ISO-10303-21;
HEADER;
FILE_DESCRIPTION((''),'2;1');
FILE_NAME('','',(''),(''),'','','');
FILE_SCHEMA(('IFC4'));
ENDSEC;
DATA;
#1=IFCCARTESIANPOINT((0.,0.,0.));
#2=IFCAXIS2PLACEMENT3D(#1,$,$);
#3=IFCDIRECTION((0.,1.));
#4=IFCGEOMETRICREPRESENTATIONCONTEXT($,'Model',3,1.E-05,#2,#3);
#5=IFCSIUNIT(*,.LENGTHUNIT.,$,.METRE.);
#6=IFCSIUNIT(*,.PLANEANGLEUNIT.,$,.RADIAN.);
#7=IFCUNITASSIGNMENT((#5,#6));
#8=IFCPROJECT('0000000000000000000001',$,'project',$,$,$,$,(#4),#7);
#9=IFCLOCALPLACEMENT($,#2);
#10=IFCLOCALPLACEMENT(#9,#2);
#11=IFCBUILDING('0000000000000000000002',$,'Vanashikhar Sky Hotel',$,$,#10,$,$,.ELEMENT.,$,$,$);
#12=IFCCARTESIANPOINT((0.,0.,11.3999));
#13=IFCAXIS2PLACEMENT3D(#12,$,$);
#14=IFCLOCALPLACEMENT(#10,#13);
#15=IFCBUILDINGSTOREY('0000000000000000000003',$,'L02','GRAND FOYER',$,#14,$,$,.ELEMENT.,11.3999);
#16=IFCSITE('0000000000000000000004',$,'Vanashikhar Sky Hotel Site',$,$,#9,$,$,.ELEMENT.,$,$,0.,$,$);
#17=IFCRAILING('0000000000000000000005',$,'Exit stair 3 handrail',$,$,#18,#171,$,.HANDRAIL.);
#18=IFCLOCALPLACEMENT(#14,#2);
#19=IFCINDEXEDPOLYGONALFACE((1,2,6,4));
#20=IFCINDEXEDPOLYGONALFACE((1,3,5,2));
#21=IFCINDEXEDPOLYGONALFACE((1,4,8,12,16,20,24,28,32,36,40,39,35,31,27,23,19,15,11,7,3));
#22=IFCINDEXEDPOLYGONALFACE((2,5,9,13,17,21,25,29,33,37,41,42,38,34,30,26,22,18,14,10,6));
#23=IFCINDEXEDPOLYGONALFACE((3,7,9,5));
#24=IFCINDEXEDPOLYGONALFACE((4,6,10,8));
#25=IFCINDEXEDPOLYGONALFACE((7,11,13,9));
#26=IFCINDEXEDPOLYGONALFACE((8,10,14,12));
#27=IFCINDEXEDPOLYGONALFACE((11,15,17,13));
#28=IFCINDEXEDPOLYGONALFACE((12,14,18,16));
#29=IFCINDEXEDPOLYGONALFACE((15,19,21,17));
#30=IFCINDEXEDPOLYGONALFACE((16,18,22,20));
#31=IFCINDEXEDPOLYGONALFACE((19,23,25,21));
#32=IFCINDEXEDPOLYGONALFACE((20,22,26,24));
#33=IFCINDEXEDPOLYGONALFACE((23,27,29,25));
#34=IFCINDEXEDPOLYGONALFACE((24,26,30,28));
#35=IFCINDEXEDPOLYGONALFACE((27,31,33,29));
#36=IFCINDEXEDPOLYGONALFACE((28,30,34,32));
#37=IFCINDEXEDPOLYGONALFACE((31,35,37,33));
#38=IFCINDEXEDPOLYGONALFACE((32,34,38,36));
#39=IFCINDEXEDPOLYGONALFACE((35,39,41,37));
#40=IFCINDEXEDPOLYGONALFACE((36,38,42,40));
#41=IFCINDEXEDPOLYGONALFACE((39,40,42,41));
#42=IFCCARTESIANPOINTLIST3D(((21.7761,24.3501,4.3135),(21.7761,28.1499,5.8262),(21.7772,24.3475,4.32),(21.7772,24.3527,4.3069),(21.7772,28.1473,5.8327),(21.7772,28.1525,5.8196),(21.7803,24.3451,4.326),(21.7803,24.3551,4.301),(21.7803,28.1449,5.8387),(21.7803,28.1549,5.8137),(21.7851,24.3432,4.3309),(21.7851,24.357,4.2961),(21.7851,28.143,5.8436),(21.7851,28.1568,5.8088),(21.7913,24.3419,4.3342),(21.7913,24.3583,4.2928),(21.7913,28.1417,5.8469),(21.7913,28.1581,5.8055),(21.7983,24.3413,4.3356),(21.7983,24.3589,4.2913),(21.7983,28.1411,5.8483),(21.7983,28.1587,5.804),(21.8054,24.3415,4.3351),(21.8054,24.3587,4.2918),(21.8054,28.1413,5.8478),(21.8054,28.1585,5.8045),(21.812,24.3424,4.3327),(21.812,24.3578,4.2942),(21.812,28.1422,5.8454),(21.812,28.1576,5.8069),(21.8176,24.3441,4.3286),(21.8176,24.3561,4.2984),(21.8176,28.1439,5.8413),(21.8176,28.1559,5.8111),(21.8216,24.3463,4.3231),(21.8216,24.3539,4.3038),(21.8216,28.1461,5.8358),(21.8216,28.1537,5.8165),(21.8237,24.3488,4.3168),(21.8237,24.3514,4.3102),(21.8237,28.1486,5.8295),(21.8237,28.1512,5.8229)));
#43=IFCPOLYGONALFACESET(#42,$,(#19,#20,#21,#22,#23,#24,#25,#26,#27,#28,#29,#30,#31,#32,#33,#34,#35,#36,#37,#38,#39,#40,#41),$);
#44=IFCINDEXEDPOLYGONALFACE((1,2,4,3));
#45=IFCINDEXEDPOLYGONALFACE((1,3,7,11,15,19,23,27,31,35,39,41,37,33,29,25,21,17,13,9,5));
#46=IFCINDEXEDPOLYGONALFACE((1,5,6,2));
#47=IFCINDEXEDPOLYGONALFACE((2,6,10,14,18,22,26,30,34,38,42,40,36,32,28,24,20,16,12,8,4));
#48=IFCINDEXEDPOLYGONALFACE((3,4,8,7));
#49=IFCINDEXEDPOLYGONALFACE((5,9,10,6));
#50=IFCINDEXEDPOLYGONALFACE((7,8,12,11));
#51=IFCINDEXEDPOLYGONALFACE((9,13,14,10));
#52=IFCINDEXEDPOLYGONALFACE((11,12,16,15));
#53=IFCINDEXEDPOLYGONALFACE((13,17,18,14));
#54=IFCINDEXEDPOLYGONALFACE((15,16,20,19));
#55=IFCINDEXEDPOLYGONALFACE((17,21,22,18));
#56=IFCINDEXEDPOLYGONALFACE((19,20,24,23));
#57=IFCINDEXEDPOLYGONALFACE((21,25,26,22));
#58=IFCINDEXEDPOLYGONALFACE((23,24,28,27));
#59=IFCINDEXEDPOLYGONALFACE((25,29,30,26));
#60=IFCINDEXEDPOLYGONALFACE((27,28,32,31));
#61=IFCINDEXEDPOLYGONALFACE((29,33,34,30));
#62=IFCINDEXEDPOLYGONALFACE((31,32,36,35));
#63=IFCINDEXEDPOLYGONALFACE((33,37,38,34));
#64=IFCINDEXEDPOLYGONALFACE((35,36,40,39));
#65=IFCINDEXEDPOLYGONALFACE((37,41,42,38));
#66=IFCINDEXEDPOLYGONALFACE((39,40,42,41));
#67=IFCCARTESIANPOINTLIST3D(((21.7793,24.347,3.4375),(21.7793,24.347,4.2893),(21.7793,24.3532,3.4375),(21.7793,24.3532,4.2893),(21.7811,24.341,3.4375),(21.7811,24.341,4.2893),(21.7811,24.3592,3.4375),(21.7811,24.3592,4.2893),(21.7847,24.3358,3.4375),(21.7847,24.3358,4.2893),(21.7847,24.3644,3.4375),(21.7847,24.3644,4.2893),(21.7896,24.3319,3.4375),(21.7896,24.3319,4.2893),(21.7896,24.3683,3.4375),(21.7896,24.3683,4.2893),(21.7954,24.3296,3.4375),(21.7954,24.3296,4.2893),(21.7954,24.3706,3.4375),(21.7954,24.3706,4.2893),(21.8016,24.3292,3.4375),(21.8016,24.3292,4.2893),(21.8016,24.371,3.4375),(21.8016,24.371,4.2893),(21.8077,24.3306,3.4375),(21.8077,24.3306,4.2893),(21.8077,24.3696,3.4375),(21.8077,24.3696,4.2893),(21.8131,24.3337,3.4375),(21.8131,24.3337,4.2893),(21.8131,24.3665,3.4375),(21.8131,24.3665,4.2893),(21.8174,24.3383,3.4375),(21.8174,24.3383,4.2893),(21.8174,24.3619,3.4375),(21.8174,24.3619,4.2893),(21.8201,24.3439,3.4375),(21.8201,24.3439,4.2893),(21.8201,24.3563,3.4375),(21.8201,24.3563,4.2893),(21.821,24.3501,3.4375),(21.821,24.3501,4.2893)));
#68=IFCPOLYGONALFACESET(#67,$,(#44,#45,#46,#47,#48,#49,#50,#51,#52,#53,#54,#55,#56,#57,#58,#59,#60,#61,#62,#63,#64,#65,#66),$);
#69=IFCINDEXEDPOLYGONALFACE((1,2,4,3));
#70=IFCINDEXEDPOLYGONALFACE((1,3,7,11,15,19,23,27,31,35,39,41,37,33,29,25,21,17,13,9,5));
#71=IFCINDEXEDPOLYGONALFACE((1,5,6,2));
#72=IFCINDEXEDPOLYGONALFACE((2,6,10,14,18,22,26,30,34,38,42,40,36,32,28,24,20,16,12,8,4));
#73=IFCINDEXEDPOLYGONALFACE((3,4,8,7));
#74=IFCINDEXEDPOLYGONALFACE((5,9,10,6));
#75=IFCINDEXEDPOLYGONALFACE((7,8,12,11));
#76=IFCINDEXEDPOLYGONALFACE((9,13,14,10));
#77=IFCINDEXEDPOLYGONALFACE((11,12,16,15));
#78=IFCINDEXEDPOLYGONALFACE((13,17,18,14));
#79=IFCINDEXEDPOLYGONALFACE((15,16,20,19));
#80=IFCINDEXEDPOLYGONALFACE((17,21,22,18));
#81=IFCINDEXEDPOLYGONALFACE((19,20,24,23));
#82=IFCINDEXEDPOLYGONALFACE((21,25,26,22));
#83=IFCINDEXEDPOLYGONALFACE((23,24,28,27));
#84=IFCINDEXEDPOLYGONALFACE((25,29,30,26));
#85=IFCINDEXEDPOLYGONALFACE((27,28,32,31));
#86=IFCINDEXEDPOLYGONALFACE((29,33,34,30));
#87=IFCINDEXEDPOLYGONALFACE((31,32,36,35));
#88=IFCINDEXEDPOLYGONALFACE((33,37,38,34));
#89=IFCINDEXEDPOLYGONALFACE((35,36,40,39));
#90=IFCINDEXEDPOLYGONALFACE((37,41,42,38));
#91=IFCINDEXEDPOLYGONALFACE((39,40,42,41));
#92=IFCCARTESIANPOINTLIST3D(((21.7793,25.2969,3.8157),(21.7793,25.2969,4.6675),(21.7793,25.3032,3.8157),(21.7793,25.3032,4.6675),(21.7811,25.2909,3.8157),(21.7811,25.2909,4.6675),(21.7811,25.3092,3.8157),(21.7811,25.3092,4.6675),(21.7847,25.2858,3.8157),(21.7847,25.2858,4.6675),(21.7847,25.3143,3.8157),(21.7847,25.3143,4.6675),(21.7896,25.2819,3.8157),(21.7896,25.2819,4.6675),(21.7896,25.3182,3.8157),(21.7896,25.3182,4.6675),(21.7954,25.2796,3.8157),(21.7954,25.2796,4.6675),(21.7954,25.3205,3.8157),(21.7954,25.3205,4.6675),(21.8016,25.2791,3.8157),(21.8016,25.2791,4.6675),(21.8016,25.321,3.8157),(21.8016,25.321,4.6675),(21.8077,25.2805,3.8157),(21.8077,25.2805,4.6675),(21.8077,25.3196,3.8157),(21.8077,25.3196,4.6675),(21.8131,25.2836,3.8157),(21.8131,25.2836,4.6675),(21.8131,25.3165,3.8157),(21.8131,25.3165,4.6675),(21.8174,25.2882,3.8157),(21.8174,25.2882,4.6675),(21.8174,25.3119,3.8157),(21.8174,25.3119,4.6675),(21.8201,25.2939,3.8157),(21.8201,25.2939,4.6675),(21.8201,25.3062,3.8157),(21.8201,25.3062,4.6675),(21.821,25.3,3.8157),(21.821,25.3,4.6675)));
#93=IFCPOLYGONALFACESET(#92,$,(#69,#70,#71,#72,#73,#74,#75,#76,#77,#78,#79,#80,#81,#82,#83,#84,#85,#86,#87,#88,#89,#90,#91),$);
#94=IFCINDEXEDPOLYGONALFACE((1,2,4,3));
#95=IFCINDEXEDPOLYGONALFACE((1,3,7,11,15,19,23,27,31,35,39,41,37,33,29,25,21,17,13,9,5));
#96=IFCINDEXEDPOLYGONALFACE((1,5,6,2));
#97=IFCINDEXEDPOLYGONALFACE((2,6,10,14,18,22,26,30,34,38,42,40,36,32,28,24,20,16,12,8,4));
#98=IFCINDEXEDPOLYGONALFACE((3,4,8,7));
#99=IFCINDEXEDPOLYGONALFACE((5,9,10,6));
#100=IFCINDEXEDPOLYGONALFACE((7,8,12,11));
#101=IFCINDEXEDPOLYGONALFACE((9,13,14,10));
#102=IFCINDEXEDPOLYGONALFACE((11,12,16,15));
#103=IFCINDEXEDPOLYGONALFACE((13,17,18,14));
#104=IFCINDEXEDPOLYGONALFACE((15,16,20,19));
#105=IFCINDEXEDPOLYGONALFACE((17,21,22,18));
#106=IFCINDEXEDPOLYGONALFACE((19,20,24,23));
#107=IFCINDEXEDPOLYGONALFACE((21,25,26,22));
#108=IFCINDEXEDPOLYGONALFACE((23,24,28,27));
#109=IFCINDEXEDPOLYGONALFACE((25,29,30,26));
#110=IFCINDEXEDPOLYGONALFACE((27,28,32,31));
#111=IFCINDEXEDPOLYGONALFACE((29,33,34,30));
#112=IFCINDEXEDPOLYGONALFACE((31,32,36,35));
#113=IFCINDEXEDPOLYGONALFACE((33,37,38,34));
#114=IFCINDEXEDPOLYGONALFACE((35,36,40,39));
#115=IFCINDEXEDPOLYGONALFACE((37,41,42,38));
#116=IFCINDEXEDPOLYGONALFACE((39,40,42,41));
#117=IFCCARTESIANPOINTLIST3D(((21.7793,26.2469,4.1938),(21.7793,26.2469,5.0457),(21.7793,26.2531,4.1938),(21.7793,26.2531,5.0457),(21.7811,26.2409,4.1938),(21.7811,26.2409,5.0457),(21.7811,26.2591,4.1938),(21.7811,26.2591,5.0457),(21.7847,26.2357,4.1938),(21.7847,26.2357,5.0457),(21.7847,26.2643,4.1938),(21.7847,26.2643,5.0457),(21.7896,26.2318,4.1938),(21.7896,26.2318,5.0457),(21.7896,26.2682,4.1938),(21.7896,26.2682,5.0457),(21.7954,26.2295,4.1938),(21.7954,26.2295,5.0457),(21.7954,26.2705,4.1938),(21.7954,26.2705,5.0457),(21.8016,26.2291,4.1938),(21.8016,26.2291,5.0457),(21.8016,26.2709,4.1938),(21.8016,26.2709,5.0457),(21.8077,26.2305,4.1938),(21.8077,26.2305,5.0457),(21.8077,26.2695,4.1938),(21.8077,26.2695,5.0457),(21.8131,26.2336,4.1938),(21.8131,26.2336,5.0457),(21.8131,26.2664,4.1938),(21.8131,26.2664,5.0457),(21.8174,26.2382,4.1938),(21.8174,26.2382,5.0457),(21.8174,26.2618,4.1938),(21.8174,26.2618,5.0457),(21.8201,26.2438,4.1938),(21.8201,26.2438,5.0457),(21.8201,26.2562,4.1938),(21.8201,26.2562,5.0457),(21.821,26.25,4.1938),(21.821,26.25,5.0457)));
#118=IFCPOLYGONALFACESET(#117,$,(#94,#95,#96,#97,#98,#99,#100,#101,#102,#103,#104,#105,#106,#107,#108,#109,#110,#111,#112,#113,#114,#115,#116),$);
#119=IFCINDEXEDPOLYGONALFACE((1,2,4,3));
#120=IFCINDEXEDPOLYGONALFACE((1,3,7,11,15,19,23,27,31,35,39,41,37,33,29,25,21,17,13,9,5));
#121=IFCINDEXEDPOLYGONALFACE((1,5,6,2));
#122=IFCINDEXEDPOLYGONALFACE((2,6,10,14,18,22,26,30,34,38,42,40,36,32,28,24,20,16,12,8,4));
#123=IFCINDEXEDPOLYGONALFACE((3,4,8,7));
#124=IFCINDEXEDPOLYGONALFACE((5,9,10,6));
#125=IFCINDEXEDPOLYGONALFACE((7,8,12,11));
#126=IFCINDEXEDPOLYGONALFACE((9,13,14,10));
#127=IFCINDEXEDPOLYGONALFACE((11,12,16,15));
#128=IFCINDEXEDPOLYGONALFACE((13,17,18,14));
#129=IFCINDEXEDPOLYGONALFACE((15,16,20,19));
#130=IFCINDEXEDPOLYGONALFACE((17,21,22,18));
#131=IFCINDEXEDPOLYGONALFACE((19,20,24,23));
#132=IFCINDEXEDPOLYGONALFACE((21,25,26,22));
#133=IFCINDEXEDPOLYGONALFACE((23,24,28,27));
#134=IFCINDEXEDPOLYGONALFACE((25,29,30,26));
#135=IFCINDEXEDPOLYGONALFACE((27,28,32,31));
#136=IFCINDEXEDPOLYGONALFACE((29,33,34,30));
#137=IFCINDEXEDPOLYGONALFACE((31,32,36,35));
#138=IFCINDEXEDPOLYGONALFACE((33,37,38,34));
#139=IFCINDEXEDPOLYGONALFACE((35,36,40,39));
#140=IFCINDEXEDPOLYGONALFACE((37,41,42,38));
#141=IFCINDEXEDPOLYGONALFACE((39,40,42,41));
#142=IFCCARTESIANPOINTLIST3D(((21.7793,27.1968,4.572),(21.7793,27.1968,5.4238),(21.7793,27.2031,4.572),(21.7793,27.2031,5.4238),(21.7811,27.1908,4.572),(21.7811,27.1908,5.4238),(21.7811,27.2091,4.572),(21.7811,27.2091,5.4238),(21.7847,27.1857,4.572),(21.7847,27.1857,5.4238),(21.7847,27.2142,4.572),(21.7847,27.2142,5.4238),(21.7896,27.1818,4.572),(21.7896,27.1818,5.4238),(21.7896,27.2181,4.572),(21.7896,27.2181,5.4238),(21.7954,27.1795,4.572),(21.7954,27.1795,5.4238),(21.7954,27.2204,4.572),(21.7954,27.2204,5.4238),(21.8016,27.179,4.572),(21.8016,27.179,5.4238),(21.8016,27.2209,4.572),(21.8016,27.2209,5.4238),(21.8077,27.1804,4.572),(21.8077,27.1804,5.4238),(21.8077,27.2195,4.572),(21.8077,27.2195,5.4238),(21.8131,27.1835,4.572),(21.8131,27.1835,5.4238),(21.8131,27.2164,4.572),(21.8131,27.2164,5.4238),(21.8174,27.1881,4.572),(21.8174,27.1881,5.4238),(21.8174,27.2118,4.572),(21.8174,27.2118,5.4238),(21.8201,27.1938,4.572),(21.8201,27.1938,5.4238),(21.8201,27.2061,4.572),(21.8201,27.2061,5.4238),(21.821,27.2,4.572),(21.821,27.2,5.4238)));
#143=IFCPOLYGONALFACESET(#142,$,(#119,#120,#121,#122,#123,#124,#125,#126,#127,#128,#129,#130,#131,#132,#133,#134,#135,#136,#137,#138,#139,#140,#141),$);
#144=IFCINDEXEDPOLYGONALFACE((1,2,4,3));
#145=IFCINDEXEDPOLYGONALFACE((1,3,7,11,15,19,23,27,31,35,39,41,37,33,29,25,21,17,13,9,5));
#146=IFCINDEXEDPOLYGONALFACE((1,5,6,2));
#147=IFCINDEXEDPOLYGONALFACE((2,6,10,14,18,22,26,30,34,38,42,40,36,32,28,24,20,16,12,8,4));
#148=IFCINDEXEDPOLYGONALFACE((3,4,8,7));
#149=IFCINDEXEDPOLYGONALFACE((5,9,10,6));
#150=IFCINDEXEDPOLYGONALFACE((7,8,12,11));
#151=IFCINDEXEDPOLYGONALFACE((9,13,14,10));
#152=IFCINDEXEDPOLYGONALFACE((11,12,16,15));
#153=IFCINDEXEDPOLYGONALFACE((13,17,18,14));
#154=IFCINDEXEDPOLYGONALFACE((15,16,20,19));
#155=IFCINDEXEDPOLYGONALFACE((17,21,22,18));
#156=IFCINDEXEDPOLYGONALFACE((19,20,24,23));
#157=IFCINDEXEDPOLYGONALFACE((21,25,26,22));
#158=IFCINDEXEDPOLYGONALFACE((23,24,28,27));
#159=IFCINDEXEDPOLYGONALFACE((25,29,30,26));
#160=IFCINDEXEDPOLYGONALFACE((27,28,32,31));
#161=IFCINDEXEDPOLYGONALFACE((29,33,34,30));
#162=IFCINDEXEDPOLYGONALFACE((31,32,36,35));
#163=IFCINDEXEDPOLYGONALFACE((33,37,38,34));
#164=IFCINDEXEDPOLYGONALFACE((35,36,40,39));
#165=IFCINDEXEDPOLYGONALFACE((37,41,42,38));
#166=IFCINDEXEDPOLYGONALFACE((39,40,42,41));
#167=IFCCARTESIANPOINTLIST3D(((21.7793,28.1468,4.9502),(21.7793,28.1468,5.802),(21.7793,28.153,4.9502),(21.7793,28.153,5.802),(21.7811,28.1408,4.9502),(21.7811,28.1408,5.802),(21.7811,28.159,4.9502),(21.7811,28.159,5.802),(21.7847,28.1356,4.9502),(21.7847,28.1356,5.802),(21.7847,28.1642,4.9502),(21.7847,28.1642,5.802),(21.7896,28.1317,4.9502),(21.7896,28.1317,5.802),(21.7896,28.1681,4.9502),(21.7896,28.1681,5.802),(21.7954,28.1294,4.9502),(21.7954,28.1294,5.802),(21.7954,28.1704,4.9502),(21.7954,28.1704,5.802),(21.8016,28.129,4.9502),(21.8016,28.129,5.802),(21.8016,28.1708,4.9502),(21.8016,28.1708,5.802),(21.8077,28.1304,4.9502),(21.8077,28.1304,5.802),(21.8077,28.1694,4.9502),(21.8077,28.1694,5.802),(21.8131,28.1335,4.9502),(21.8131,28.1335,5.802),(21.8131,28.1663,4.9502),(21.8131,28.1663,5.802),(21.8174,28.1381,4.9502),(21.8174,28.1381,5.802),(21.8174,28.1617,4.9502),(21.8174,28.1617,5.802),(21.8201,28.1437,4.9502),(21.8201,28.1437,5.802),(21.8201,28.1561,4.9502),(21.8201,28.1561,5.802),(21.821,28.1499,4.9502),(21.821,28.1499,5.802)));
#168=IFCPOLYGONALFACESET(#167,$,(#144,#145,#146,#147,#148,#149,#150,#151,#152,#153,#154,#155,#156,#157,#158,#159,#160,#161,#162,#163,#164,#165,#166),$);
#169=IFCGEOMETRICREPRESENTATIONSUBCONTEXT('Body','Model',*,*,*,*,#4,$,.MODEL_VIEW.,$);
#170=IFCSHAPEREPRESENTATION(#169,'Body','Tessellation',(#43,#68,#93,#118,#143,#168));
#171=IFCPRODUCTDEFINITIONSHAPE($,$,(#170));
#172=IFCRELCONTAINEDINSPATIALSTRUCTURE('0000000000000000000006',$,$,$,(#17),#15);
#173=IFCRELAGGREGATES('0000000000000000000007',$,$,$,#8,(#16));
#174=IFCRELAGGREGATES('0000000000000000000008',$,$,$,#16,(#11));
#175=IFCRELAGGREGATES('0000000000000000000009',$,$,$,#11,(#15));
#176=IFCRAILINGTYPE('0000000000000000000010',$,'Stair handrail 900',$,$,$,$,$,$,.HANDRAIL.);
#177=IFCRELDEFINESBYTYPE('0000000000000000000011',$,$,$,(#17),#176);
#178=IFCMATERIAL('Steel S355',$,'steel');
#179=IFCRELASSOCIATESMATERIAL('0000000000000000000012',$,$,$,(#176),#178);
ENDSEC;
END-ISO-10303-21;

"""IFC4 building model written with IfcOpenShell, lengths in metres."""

from ifc_helpers import new_model, si_unit, direction, frame, origin, origin_2d, place, context, subcontext, project, spatial, circle, extrude, source, transform, mapped, material, type_object, element, save


model = new_model("IFC4")

# Units and contexts
model_context = context("Model", 3, precision=1e-05, world=origin(), true_north=direction((0.0, 1.0)))
body_context = subcontext(model_context, "Body", "Model", "MODEL_VIEW")
ifc_project = project(units=[si_unit("LENGTHUNIT", "METRE"), si_unit("PLANEANGLEUNIT", "RADIAN")], contexts=[model_context])

# Site, building, storey
site_placement = place(None, origin())
site = spatial("IfcSite", under=ifc_project, at=site_placement, Name="Vanashikhar Sky Hotel Site", CompositionType="ELEMENT", RefElevation=0.0)
building_placement = place(site_placement, origin())
building = spatial("IfcBuilding", under=site, at=building_placement, Name="Vanashikhar Sky Hotel", CompositionType="ELEMENT")
storey_placement = place(building_placement, frame((0.0, 0.0, 11.3999)))
storey = spatial("IfcBuildingStorey", under=building, at=storey_placement, Name="L02", Description="GRAND FOYER", CompositionType="ELEMENT", Elevation=11.3999)

# Railing
ifc_material_1 = material(Name="Steel S355", Category="steel")
railing_type_1 = type_object("IfcRailingType", Name="Stair handrail 900", PredefinedType="HANDRAIL", material=ifc_material_1)
shared_shape_1 = source(origin(), body_context, "Body", "SweptSolid", [
    extrude(circle(Radius=0.0239, at=origin_2d()), frame((0.0, 0.0, 0.876), z_axis=(0.0, 0.929085, 0.369867), x_axis=(-1.0, 0.0, 0.0)), (0.0, 0.0, 1.0), 4.0898),
    extrude(circle(Radius=0.021, at=origin_2d()), origin(), (0.0, 0.0, 1.0), 0.8518),
    extrude(circle(Radius=0.021, at=origin_2d()), frame((0.0, 0.95, 0.3782)), (0.0, 0.0, 1.0), 0.8518),
    extrude(circle(Radius=0.021, at=origin_2d()), frame((0.0, 1.8999, 0.7563)), (0.0, 0.0, 1.0), 0.8518),
    extrude(circle(Radius=0.021, at=origin_2d()), frame((0.0, 2.8499, 1.1345)), (0.0, 0.0, 1.0), 0.8518),
    extrude(circle(Radius=0.021, at=origin_2d()), frame((0.0, 3.7998, 1.5127)), (0.0, 0.0, 1.0), 0.8518),
])
railing_1_placement = place(storey_placement, frame((21.8, 24.3501, 3.4375)))
element("IfcRailing", 1, at=railing_1_placement, inside=storey, type_object=railing_type_1, Name="Exit stair 3 handrail", PredefinedType="HANDRAIL", context=body_context, shape_type="MappedRepresentation", body=[
    mapped(shared_shape_1, transform((0.0, 0.0, 0.0), scale=1.0)),
])

save(model, "model.ifc")
